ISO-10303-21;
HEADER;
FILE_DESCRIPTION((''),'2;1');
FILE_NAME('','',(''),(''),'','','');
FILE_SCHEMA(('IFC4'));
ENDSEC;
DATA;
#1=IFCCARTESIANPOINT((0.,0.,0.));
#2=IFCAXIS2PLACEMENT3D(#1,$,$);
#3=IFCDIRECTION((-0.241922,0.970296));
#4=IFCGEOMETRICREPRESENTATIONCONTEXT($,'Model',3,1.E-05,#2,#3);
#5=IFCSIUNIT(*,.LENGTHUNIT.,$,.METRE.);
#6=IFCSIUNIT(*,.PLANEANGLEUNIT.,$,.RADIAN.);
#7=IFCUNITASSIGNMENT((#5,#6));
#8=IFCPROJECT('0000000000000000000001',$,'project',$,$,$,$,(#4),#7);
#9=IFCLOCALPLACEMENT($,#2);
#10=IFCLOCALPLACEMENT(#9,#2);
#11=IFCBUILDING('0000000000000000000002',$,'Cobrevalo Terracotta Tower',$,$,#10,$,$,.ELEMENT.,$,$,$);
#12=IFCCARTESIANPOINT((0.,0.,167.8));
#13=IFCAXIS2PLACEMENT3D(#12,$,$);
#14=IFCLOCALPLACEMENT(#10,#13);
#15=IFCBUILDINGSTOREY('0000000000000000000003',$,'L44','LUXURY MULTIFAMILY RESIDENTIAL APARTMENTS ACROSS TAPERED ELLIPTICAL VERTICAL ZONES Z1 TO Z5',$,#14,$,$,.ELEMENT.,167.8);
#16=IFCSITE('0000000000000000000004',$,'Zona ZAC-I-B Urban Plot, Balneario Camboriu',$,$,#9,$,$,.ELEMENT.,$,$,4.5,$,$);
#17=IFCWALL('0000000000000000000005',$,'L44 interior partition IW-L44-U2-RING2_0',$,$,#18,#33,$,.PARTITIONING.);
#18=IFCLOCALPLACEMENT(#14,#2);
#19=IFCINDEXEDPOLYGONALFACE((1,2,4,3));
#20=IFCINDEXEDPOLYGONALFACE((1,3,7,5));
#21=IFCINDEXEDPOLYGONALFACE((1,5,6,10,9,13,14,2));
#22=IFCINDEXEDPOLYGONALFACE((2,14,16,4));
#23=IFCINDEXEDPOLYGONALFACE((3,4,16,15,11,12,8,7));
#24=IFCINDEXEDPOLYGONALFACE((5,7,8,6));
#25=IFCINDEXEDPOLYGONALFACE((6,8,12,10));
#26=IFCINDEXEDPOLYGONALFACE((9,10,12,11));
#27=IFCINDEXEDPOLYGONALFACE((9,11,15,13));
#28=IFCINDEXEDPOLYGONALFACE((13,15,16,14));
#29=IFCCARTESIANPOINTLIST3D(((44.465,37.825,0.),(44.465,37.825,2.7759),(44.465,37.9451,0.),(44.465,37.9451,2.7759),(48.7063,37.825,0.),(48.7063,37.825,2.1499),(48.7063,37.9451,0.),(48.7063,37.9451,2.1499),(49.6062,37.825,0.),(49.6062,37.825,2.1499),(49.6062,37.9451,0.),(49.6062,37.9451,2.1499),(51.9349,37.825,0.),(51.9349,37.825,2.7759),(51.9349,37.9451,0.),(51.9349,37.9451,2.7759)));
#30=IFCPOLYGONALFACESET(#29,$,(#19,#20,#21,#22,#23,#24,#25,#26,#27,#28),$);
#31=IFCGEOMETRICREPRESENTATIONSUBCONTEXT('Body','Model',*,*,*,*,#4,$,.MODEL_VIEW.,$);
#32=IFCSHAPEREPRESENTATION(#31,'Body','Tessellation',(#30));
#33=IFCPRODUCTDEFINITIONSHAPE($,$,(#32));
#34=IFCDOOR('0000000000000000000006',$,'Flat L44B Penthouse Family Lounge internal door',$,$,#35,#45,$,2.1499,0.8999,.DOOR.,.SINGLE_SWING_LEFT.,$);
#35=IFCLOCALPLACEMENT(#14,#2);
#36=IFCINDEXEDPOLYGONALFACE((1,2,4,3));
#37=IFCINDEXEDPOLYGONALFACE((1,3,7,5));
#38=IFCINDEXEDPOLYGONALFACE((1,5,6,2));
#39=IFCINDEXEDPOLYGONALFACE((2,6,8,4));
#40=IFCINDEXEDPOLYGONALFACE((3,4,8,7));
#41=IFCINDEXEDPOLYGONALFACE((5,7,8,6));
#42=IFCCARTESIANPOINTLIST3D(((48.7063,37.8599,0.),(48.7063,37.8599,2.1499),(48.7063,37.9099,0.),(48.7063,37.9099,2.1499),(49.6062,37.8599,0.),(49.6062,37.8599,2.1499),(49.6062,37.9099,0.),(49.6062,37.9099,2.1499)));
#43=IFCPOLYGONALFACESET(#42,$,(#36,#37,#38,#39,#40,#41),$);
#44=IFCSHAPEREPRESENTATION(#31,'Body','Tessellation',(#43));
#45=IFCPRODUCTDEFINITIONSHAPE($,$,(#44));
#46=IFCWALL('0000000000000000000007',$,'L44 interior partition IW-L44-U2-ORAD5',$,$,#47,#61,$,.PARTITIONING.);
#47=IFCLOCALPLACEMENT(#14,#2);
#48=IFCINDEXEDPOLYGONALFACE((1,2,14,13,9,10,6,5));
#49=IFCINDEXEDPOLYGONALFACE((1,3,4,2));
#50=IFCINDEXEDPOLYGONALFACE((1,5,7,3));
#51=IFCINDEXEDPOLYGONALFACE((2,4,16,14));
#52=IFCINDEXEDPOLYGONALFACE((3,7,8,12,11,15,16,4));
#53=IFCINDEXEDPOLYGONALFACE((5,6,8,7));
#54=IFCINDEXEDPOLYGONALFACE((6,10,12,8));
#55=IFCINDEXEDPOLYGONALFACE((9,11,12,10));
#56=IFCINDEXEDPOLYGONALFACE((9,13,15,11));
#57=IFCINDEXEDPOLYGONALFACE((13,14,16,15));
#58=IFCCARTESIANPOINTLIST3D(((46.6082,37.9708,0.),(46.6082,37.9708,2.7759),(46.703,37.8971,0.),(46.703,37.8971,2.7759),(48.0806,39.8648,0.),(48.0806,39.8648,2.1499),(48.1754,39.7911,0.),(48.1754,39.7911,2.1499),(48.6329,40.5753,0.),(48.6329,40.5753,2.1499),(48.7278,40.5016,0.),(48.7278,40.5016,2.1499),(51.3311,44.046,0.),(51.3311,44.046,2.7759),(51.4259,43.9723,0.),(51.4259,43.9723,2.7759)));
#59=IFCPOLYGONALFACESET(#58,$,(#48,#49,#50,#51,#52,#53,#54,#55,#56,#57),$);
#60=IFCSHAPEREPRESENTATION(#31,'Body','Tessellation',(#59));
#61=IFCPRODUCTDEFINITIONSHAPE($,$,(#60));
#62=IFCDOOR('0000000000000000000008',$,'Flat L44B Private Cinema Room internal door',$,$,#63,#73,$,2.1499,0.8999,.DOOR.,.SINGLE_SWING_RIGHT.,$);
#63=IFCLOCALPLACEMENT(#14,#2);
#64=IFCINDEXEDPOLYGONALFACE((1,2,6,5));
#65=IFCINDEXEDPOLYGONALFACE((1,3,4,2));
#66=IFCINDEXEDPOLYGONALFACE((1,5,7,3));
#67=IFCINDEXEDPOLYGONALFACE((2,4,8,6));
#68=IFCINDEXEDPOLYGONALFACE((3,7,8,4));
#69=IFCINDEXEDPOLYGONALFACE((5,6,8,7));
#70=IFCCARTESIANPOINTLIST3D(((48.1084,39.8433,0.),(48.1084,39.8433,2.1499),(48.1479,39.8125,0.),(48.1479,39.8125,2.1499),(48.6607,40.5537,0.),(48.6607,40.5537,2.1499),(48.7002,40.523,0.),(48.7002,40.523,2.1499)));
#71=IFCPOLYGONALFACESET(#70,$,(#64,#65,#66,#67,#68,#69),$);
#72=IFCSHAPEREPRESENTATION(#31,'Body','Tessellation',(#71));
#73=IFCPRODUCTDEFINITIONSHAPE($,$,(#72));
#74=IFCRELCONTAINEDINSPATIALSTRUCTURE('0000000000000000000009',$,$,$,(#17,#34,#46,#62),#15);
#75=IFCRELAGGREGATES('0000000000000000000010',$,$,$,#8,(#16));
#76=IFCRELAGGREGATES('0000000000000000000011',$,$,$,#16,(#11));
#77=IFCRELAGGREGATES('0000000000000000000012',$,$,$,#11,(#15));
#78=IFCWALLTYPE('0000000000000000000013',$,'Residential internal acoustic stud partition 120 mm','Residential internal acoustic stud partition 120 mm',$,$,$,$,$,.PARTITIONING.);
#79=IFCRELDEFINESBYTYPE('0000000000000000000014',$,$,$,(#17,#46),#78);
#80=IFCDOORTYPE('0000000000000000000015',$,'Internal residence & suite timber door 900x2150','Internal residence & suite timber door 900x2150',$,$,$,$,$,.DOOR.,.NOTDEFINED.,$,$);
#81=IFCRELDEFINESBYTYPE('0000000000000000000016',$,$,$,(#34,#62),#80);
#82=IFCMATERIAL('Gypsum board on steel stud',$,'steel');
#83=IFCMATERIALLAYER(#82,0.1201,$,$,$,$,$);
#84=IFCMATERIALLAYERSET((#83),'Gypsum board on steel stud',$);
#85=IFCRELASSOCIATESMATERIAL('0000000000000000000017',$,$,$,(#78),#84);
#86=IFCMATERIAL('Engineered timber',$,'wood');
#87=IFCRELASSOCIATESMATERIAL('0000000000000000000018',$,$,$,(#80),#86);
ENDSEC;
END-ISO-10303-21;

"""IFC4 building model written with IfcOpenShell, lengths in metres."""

from ifc_helpers import new_model, si_unit, direction, frame, frame_2d, origin, place, context, subcontext, project, spatial, rectangle, extrude, source, transform, mapped, material, layer, layer_set, type_object, element, fill, save


model = new_model("IFC4")

# Units and contexts
model_context = context("Model", 3, precision=1e-05, world=origin(), true_north=direction((-0.241922, 0.970296)))
body_context = subcontext(model_context, "Body", "Model", "MODEL_VIEW")
ifc_project = project(units=[si_unit("LENGTHUNIT", "METRE"), si_unit("PLANEANGLEUNIT", "RADIAN")], contexts=[model_context])

# Site, building, storey
site_placement = place(None, origin())
site = spatial("IfcSite", under=ifc_project, at=site_placement, Name="Zona ZAC-I-B Urban Plot, Balneario Camboriu", CompositionType="ELEMENT", RefElevation=4.5)
building_placement = place(site_placement, origin())
building = spatial("IfcBuilding", under=site, at=building_placement, Name="Cobrevalo Terracotta Tower", CompositionType="ELEMENT")
storey_placement = place(building_placement, frame((0.0, 0.0, 167.8)))
storey = spatial("IfcBuildingStorey", under=building, at=storey_placement, Name="L44", Description="LUXURY MULTIFAMILY RESIDENTIAL APARTMENTS ACROSS TAPERED ELLIPTICAL VERTICAL ZONES Z1 TO Z5", CompositionType="ELEMENT", Elevation=167.8)

# Shared definitions
ifc_material_1 = material(Name="Gypsum board on steel stud", Category="steel")
ifc_layer_1 = layer(ifc_material_1, 0.1201)
ifc_layer_set_1 = layer_set([ifc_layer_1], Name="Gypsum board on steel stud")
wall_type_1 = type_object("IfcWallType", Name="Residential internal acoustic stud partition 120 mm", Description="Residential internal acoustic stud partition 120 mm", PredefinedType="PARTITIONING", material=ifc_layer_set_1)

# Walls, openings, doors
wall_1_placement = place(storey_placement, frame((44.4651, 37.885, 0.0), z_axis=(0.0, 0.0, 1.0), x_axis=(1.0, 0.0, 0.0)))
wall_1 = element("IfcWall", 1, at=wall_1_placement, inside=storey, type_object=wall_type_1, Name="L44 interior partition IW-L44-U2-RING2_0", PredefinedType="PARTITIONING", context=body_context, shape_type="SweptSolid", body=[
    extrude(rectangle(XDim=7.47, YDim=0.1201, at=frame_2d((3.7349, 0.0))), origin(), (0.0, 0.0, 1.0), 2.7759),
])
opening_1_placement = place(wall_1_placement, frame((4.2412, 0.0, 0.0)))
opening_1 = element("IfcOpeningElement", 2, at=opening_1_placement, cuts=wall_1, PredefinedType="OPENING", context=body_context, shape_type="SweptSolid", body=[
    extrude(rectangle(XDim=0.8999, YDim=2.1499, at=frame_2d((0.45, 1.075))), frame((0.0, 0.0701, 0.0), z_axis=(0.0, -1.0, 0.0), x_axis=(1.0, 0.0, 0.0)), (0.0, 0.0, 1.0), 0.1401),
])
ifc_material_2 = material(Name="Engineered timber", Category="wood")
door_type_1 = type_object("IfcDoorType", Name="Internal residence & suite timber door 900x2150", Description="Internal residence & suite timber door 900x2150", OperationType="NOTDEFINED", PredefinedType="DOOR", material=ifc_material_2)
shared_shape_1 = source(origin(), body_context, "Body", "SweptSolid", [
    extrude(rectangle(XDim=0.8999, YDim=2.1499, at=frame_2d((0.45, 1.075))), frame((0.0, 0.0249, 0.0), z_axis=(0.0, -1.0, 0.0), x_axis=(1.0, 0.0, 0.0)), (0.0, 0.0, 1.0), 0.05),
])
door_1_placement = place(opening_1_placement, origin())
door_1 = element("IfcDoor", 3, at=door_1_placement, inside=storey, type_object=door_type_1, Name="Flat L44B Penthouse Family Lounge internal door", OperationType="SINGLE_SWING_LEFT", OverallHeight=2.1499, OverallWidth=0.8999, PredefinedType="DOOR", context=body_context, shape_type="MappedRepresentation", body=[
    mapped(shared_shape_1, transform((0.0, 0.0, 0.0), scale=1.0)),
])
fill(opening_1, door_1)
wall_2_placement = place(storey_placement, frame((46.6555, 37.9338, 0.0), z_axis=(0.0, 0.0, 1.0), x_axis=(0.613758, 0.789494, 0.0)))
wall_2 = element("IfcWall", 4, at=wall_2_placement, inside=storey, type_object=wall_type_1, Name="L44 interior partition IW-L44-U2-ORAD5", PredefinedType="PARTITIONING", context=body_context, shape_type="SweptSolid", body=[
    extrude(rectangle(XDim=7.6951, YDim=0.1201, at=frame_2d((3.8477, 0.0))), origin(), (0.0, 0.0, 1.0), 2.7759),
])
opening_2_placement = place(wall_2_placement, frame((2.3992, 0.0, 0.0)))
opening_2 = element("IfcOpeningElement", 5, at=opening_2_placement, cuts=wall_2, PredefinedType="OPENING", context=body_context, shape_type="SweptSolid", body=[
    extrude(rectangle(XDim=0.8999, YDim=2.1499, at=frame_2d((0.45, 1.075))), frame((0.0, 0.0701, 0.0), z_axis=(0.0, -1.0, 0.0), x_axis=(1.0, 0.0, 0.0)), (0.0, 0.0, 1.0), 0.1401),
])
door_2_placement = place(opening_2_placement, origin())
door_2 = element("IfcDoor", 6, at=door_2_placement, inside=storey, type_object=door_type_1, Name="Flat L44B Private Cinema Room internal door", OperationType="SINGLE_SWING_RIGHT", OverallHeight=2.1499, OverallWidth=0.8999, PredefinedType="DOOR", context=body_context, shape_type="MappedRepresentation", body=[
    mapped(shared_shape_1, transform((0.0, 0.0, 0.0), scale=1.0)),
])
fill(opening_2, door_2)

save(model, "model.ifc")
